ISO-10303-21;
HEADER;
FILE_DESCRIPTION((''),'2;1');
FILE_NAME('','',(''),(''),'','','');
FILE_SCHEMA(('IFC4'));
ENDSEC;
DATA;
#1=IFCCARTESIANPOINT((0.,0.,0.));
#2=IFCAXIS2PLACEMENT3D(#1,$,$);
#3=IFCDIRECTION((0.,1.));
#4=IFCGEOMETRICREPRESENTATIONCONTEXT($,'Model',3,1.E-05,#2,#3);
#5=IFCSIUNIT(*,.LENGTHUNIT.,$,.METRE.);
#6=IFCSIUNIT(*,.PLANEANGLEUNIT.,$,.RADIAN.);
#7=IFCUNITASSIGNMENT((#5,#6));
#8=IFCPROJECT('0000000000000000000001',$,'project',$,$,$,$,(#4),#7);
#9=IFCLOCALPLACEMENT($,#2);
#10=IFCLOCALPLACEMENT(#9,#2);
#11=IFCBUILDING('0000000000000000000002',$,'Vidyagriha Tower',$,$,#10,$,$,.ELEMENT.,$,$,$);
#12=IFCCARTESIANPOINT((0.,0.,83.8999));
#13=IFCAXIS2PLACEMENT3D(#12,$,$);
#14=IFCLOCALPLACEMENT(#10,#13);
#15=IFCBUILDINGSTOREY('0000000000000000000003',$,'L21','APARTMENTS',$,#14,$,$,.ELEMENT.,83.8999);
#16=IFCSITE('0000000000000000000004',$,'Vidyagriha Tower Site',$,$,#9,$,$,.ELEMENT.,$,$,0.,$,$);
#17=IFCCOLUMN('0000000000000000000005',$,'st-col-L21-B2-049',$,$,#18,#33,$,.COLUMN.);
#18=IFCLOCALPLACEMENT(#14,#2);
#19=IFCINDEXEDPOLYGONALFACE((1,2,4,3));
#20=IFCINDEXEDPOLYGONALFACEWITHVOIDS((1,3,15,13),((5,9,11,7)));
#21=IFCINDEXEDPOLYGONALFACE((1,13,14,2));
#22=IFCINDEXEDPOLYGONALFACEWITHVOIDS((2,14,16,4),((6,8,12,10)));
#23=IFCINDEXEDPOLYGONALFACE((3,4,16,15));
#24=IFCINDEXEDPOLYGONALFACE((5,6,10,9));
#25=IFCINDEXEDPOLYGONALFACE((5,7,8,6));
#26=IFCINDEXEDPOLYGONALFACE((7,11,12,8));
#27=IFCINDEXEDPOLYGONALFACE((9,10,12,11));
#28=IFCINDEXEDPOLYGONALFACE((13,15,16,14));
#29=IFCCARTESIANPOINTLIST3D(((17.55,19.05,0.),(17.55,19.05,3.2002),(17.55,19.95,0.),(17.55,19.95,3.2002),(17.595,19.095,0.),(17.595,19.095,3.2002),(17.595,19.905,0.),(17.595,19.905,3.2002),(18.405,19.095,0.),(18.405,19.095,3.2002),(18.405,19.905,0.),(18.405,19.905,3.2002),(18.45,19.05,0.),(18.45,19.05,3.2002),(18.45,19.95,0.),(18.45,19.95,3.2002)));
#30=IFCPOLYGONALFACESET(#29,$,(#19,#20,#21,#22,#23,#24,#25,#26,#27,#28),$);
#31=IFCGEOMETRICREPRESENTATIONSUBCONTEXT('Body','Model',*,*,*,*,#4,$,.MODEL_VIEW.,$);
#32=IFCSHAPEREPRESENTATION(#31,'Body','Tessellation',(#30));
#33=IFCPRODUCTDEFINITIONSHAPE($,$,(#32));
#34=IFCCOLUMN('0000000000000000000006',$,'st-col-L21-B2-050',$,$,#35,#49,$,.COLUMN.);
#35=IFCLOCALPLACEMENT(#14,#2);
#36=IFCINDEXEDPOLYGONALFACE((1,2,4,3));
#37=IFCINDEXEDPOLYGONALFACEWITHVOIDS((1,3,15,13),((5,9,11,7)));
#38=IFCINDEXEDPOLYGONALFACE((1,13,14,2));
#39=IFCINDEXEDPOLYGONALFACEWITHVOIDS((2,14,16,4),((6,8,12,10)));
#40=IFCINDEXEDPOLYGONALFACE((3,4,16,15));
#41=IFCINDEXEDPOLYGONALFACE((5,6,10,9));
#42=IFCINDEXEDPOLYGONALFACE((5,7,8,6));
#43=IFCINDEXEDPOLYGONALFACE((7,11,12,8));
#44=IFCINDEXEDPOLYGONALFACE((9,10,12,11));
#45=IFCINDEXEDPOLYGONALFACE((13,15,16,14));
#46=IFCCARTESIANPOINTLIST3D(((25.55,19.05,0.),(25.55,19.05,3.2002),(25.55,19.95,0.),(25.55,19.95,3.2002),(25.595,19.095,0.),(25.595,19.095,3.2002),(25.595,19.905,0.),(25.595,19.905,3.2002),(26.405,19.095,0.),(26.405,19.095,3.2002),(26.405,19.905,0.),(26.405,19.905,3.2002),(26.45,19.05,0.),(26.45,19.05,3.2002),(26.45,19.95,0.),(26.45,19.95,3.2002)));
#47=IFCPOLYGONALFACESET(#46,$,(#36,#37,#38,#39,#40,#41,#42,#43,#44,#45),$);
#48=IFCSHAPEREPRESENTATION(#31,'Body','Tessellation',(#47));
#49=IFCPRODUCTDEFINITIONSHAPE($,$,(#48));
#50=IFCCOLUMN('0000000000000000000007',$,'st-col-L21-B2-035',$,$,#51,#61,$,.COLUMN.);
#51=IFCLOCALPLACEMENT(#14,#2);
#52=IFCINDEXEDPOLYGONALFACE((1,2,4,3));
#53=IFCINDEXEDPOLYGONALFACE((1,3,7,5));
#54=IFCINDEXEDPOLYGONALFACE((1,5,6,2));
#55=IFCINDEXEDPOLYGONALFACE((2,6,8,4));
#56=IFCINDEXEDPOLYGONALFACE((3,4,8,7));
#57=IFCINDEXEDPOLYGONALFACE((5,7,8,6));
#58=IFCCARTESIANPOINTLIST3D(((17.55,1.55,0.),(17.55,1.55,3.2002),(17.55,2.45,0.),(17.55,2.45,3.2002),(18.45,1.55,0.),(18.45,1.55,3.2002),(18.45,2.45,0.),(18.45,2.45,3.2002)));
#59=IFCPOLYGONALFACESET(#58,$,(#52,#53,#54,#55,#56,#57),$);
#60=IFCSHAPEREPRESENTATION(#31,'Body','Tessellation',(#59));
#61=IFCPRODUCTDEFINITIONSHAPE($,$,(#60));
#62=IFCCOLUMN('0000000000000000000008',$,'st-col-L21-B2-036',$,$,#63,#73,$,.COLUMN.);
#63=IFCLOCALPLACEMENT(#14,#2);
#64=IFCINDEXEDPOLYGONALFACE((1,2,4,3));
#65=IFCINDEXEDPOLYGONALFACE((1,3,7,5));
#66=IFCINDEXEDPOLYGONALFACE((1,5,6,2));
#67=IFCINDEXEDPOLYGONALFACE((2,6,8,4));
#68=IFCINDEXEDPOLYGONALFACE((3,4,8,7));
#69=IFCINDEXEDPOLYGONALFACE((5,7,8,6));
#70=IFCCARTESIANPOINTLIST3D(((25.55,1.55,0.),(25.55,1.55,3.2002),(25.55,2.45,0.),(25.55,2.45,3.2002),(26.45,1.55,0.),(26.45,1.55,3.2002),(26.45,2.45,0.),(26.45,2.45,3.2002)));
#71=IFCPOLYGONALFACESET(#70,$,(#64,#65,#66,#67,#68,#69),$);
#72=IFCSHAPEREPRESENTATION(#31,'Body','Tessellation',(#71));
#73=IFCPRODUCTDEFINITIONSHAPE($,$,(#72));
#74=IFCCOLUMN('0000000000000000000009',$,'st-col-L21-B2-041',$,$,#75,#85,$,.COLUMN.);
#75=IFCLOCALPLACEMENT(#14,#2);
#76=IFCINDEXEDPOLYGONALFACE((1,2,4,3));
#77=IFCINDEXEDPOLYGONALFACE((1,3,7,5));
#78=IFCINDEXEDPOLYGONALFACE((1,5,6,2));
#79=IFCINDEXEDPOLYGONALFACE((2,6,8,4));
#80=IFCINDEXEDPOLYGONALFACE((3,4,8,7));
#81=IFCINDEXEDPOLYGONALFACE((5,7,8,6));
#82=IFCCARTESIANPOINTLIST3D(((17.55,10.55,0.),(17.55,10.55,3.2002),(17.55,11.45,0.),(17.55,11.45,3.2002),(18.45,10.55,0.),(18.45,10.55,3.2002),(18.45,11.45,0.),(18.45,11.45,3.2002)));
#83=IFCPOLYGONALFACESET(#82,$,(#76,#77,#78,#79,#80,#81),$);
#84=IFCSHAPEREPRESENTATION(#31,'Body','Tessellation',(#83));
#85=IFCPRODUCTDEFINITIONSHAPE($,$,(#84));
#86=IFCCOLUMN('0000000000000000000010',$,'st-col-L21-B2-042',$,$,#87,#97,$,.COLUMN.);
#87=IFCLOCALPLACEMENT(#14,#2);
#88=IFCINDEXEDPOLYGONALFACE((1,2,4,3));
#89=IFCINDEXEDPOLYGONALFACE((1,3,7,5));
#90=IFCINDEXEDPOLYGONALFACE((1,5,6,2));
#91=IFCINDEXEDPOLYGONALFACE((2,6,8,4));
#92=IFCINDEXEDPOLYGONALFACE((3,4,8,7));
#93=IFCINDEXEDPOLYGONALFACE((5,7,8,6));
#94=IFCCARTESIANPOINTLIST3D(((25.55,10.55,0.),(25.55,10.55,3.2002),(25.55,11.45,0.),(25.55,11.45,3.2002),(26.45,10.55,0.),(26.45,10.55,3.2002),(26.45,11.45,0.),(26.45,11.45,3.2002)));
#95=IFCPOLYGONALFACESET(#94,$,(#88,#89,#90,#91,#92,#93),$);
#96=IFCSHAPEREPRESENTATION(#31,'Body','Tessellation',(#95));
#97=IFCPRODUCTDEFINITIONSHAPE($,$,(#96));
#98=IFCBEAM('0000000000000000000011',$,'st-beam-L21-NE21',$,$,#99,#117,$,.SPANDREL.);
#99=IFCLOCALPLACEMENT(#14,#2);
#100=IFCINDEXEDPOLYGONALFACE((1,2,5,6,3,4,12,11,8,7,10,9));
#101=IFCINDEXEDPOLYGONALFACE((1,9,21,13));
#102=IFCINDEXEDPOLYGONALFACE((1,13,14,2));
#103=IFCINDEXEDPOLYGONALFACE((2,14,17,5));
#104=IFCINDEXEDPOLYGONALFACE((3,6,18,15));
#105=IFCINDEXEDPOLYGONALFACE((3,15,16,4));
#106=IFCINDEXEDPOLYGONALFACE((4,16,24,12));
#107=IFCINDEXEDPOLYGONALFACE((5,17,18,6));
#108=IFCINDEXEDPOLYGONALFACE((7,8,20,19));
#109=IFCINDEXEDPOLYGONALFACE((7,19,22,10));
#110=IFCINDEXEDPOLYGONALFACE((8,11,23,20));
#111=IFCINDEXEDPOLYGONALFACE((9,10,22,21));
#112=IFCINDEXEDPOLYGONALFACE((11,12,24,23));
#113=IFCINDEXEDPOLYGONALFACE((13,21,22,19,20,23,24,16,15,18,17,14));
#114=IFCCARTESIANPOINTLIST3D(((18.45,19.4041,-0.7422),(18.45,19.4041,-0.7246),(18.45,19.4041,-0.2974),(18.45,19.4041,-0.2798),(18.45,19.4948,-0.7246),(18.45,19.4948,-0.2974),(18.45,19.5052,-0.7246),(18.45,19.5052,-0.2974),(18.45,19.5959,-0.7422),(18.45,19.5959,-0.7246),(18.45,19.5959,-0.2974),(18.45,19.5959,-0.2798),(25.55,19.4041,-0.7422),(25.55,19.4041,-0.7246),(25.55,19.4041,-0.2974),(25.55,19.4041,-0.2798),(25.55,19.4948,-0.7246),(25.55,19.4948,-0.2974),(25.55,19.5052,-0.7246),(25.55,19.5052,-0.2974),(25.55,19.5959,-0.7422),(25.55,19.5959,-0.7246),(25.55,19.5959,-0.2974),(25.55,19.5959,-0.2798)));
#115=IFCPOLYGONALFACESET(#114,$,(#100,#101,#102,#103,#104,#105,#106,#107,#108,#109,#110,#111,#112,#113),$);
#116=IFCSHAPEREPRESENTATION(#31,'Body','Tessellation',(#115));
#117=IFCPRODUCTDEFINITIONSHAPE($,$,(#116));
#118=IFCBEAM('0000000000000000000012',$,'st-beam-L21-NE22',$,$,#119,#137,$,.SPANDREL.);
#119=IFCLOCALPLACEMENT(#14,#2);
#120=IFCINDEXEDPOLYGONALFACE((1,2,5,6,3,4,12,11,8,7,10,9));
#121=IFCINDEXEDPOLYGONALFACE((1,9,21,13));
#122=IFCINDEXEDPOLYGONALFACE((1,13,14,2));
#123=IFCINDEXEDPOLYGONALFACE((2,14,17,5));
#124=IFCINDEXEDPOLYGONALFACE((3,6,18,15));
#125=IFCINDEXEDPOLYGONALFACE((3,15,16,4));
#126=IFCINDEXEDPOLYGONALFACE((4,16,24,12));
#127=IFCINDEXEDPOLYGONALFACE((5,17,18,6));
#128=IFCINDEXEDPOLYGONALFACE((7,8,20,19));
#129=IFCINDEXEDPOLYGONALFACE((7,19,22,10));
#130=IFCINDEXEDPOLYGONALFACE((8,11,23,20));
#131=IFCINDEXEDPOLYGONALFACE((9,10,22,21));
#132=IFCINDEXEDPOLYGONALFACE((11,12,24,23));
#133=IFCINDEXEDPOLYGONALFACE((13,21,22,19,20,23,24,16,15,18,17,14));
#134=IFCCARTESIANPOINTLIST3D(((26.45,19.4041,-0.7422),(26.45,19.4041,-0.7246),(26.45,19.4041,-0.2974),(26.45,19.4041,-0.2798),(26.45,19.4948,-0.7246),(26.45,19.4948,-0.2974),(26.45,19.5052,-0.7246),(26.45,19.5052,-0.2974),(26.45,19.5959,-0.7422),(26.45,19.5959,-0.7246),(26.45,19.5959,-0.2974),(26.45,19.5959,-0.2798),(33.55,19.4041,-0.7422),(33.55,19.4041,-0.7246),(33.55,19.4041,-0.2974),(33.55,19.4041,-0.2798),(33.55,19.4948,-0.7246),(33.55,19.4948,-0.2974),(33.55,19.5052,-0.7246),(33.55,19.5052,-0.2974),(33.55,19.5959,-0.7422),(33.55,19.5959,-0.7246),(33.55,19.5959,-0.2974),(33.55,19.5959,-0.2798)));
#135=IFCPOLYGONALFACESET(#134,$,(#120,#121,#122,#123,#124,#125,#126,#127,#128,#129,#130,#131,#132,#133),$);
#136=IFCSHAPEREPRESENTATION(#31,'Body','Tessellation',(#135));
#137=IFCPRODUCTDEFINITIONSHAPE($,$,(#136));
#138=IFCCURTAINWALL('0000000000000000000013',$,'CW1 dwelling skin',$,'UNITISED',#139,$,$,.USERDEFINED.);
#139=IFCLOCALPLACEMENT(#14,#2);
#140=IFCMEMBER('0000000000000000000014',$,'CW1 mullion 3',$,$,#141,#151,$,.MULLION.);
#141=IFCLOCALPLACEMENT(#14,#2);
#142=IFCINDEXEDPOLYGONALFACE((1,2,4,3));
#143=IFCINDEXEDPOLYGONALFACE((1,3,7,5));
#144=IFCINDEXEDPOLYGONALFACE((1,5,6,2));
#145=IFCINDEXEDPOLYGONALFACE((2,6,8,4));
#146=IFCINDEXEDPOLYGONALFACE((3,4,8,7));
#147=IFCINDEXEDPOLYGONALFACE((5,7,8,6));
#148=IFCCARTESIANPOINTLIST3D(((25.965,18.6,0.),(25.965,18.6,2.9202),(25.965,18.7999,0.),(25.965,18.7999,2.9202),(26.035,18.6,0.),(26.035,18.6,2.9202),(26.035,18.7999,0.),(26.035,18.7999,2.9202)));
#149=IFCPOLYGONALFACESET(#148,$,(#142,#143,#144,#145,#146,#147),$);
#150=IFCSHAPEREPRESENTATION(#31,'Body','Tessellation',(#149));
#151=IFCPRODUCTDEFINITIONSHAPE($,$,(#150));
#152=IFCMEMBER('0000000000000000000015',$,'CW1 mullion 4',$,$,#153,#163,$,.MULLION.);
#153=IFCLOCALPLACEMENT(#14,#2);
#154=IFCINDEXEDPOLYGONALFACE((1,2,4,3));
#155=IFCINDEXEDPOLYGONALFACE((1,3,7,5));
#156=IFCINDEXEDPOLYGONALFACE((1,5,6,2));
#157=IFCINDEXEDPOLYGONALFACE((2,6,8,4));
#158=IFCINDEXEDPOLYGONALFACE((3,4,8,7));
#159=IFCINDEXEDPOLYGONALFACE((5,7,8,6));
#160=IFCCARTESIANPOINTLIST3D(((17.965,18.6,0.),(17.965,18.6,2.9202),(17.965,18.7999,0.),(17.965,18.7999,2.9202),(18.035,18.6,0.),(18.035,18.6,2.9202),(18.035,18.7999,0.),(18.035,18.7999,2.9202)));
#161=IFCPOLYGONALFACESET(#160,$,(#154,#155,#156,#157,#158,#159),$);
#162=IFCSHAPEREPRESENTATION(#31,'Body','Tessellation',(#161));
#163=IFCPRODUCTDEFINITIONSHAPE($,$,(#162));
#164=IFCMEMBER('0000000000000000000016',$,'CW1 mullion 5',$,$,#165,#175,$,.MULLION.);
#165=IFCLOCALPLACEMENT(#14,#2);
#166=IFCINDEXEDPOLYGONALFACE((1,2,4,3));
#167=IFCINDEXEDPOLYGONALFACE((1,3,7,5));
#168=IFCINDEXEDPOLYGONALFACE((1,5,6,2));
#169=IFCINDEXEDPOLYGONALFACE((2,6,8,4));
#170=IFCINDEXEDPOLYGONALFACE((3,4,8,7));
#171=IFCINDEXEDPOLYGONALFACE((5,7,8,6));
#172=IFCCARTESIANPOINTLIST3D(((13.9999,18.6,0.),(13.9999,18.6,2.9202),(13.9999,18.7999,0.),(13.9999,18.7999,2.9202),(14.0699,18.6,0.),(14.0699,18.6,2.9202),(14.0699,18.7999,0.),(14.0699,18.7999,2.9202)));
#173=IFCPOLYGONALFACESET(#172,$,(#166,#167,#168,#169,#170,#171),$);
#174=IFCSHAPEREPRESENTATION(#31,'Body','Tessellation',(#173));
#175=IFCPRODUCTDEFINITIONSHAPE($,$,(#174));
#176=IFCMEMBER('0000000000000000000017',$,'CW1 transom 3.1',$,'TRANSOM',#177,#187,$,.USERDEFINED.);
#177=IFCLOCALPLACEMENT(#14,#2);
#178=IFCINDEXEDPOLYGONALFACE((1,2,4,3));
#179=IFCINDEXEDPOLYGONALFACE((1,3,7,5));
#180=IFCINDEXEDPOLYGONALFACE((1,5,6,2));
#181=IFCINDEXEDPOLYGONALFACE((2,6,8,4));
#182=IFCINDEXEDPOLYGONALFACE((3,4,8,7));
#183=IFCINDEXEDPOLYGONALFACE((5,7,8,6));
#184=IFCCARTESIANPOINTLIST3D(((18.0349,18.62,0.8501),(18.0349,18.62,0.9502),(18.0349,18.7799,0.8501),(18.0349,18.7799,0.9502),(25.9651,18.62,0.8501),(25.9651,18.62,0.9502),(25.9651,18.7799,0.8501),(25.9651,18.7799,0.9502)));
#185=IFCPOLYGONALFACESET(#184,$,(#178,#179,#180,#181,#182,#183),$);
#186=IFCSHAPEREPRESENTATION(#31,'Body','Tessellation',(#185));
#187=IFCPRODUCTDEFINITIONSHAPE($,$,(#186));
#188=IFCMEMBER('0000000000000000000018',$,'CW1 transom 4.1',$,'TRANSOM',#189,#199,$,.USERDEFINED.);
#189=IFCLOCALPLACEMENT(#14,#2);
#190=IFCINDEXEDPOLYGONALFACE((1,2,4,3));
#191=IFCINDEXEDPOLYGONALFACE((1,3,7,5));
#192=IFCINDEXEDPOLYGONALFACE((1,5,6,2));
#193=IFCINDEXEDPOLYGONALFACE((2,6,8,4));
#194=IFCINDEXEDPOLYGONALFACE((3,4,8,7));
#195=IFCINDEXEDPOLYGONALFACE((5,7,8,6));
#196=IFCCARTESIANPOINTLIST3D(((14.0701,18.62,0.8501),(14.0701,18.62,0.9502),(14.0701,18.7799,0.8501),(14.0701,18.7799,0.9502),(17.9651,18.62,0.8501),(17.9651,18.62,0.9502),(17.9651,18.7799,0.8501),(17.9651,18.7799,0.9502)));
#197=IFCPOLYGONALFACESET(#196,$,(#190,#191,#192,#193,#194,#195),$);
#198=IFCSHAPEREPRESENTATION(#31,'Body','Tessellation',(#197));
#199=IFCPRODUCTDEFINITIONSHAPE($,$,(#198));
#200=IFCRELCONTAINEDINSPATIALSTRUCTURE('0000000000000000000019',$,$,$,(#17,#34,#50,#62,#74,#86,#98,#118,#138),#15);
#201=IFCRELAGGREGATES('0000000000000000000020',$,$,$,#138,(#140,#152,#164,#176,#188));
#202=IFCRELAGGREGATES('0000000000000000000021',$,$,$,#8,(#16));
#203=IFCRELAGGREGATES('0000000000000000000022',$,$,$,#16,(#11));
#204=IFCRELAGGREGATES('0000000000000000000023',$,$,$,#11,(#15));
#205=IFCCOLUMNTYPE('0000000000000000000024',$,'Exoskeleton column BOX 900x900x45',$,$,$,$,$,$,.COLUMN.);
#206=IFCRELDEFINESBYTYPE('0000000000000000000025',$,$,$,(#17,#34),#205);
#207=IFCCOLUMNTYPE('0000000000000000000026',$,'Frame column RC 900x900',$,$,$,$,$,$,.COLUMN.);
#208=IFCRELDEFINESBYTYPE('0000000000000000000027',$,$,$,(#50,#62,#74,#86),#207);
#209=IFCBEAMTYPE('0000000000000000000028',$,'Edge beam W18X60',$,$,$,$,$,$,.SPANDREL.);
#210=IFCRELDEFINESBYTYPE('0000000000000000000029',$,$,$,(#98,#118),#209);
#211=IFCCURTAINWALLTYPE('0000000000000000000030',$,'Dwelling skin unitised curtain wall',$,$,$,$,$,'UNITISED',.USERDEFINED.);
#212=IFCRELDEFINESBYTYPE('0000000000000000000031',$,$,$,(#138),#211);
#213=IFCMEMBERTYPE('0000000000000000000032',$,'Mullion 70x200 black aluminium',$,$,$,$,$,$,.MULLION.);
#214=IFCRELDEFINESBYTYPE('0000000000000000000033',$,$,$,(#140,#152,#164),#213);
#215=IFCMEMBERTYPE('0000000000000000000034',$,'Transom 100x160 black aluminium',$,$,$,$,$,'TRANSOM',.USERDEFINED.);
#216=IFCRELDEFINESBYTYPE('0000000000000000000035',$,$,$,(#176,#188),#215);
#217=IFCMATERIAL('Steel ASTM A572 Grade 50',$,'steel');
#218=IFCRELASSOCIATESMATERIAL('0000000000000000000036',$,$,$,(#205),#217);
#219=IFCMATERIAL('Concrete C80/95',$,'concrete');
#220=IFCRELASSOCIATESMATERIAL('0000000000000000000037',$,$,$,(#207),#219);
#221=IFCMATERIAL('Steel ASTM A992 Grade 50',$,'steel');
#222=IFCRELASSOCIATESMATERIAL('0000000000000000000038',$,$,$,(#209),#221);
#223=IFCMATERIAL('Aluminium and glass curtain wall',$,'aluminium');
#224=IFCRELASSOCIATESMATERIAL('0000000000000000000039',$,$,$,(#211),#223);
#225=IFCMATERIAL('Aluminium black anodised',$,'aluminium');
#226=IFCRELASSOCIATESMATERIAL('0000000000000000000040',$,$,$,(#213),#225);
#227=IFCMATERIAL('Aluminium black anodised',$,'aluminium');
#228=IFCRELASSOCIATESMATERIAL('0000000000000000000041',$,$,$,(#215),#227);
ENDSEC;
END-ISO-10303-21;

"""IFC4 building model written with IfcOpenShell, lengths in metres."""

from ifc_helpers import new_model, si_unit, direction, frame, origin, origin_2d, place, context, subcontext, project, spatial, rectangle, hollow_rectangle, i_section, extrude, material, material_profile, profile_set, type_object, element, aggregate, save


model = new_model("IFC4")

# Units and contexts
model_context = context("Model", 3, precision=1e-05, world=origin(), true_north=direction((0.0, 1.0)))
body_context = subcontext(model_context, "Body", "Model", "MODEL_VIEW")
ifc_project = project(units=[si_unit("LENGTHUNIT", "METRE"), si_unit("PLANEANGLEUNIT", "RADIAN")], contexts=[model_context])

# Site, building, storey
site_placement = place(None, origin())
site = spatial("IfcSite", under=ifc_project, at=site_placement, Name="Vidyagriha Tower Site", CompositionType="ELEMENT", RefElevation=0.0)
building_placement = place(site_placement, origin())
building = spatial("IfcBuilding", under=site, at=building_placement, Name="Vidyagriha Tower", CompositionType="ELEMENT")
storey_placement = place(building_placement, frame((0.0, 0.0, 83.8999)))
storey = spatial("IfcBuildingStorey", under=building, at=storey_placement, Name="L21", Description="APARTMENTS", CompositionType="ELEMENT", Elevation=83.8999)

# Columns
ifc_material_1 = material(Name="Steel ASTM A572 Grade 50", Category="steel")
ifc_material_profile_1 = material_profile(ifc_material_1, hollow_rectangle(XDim=0.8999, YDim=0.8999, WallThickness=0.0449, at=origin_2d()), Name="BOX 900x900x45")
ifc_profile_set_1 = profile_set([ifc_material_profile_1], Name="Steel ASTM A572 Grade 50")
column_type_1 = type_object("IfcColumnType", Name="Exoskeleton column BOX 900x900x45", PredefinedType="COLUMN", material=ifc_profile_set_1)
for number, where, name in (
    (1, (18.0, 19.5, 0.0), "st-col-L21-B2-049"),
    (2, (26.0, 19.5, 0.0), "st-col-L21-B2-050"),
):
    element("IfcColumn", number, at=place(storey_placement, frame(where)), inside=storey, type_object=column_type_1, Name=name, PredefinedType="COLUMN", context=body_context, shape_type="SweptSolid", body=[
        extrude(hollow_rectangle(XDim=0.8999, YDim=0.8999, WallThickness=0.0449, at=origin_2d()), origin(), (0.0, 0.0, 1.0), 3.2002),
    ])
ifc_material_2 = material(Name="Concrete C80/95", Category="concrete")
ifc_material_profile_2 = material_profile(ifc_material_2, rectangle(XDim=0.8999, YDim=0.8999, at=origin_2d()), Name="RC 900x900")
ifc_profile_set_2 = profile_set([ifc_material_profile_2], Name="Concrete C80/95")
column_type_2 = type_object("IfcColumnType", Name="Frame column RC 900x900", PredefinedType="COLUMN", material=ifc_profile_set_2)
for number, where, name in (
    (3, (18.0, 2.0, 0.0), "st-col-L21-B2-035"),
    (4, (26.0, 2.0, 0.0), "st-col-L21-B2-036"),
    (5, (18.0, 11.0, 0.0), "st-col-L21-B2-041"),
    (6, (26.0, 11.0, 0.0), "st-col-L21-B2-042"),
):
    element("IfcColumn", number, at=place(storey_placement, frame(where)), inside=storey, type_object=column_type_2, Name=name, PredefinedType="COLUMN", context=body_context, shape_type="SweptSolid", body=[
        extrude(rectangle(XDim=0.8999, YDim=0.8999, at=origin_2d()), origin(), (0.0, 0.0, 1.0), 3.2002),
    ])

# Beams
ifc_material_3 = material(Name="Steel ASTM A992 Grade 50", Category="steel")
ifc_material_profile_3 = material_profile(ifc_material_3, i_section(OverallWidth=0.1919, OverallDepth=0.4624, WebThickness=0.0105, FlangeThickness=0.0176, at=origin_2d()), Name="W18X60")
ifc_profile_set_3 = profile_set([ifc_material_profile_3], Name="Steel ASTM A992 Grade 50")
beam_type = type_object("IfcBeamType", Name="Edge beam W18X60", PredefinedType="SPANDREL", material=ifc_profile_set_3)
for number, where, z_axis, x_axis, name in (
    (7, (18.45, 19.5, -0.511), (1.0, 0.0, 0.0), (0.0, 1.0, 0.0), "st-beam-L21-NE21"),
    (8, (26.45, 19.5, -0.511), (1.0, 0.0, 0.0), (0.0, 1.0, 0.0), "st-beam-L21-NE22"),
):
    element("IfcBeam", number, at=place(storey_placement, frame(where, z_axis=z_axis, x_axis=x_axis)), inside=storey, type_object=beam_type, Name=name, PredefinedType="SPANDREL", context=body_context, shape_type="SweptSolid", body=[
        extrude(i_section(OverallWidth=0.1919, OverallDepth=0.4624, WebThickness=0.0105, FlangeThickness=0.0176, at=origin_2d()), origin(), (0.0, 0.0, 1.0), 7.1001),
    ])

# Curtain wall, members
ifc_material_4 = material(Name="Aluminium and glass curtain wall", Category="aluminium")
curtain_wall_type = type_object("IfcCurtainWallType", Name="Dwelling skin unitised curtain wall", ElementType="UNITISED", PredefinedType="USERDEFINED", material=ifc_material_4)
curtain_wall_placement = place(storey_placement, origin())
curtain_wall = element("IfcCurtainWall", 9, at=curtain_wall_placement, inside=storey, type_object=curtain_wall_type, Name="CW1 dwelling skin", ObjectType="UNITISED", PredefinedType="USERDEFINED")
ifc_material_5 = material(Name="Aluminium black anodised", Category="aluminium")
ifc_material_profile_4 = material_profile(ifc_material_5, rectangle(XDim=0.2, YDim=0.0701, at=origin_2d()), Name="Mullion 70x200 black aluminium")
ifc_profile_set_4 = profile_set([ifc_material_profile_4], Name="Aluminium black anodised")
member_type_1 = type_object("IfcMemberType", Name="Mullion 70x200 black aluminium", PredefinedType="MULLION", material=ifc_profile_set_4)
member_1_placement = place(storey_placement, frame((26.0, 18.7, 0.0), z_axis=(0.0, 0.0, 1.0), x_axis=(0.0, -1.0, 0.0)))
member_1 = element("IfcMember", 10, at=member_1_placement, type_object=member_type_1, Name="CW1 mullion 3", PredefinedType="MULLION", context=body_context, shape_type="SweptSolid", body=[
    extrude(rectangle(XDim=0.2, YDim=0.0701, at=origin_2d()), origin(), (0.0, 0.0, 1.0), 2.9202),
])
member_2_placement = place(storey_placement, frame((18.0, 18.7, 0.0), z_axis=(0.0, 0.0, 1.0), x_axis=(0.0, -1.0, 0.0)))
member_2 = element("IfcMember", 11, at=member_2_placement, type_object=member_type_1, Name="CW1 mullion 4", PredefinedType="MULLION", context=body_context, shape_type="SweptSolid", body=[
    extrude(rectangle(XDim=0.2, YDim=0.0701, at=origin_2d()), origin(), (0.0, 0.0, 1.0), 2.9202),
])
member_3_placement = place(storey_placement, frame((14.0349, 18.7, 0.0), z_axis=(0.0, 0.0, 1.0), x_axis=(0.0, -1.0, 0.0)))
member_3 = element("IfcMember", 12, at=member_3_placement, type_object=member_type_1, Name="CW1 mullion 5", PredefinedType="MULLION", context=body_context, shape_type="SweptSolid", body=[
    extrude(rectangle(XDim=0.2, YDim=0.0701, at=origin_2d()), origin(), (0.0, 0.0, 1.0), 2.9202),
])
ifc_material_6 = material(Name="Aluminium black anodised", Category="aluminium")
ifc_material_profile_5 = material_profile(ifc_material_6, rectangle(XDim=0.1599, YDim=0.1001, at=origin_2d()), Name="Transom 100x160 black aluminium")
ifc_profile_set_5 = profile_set([ifc_material_profile_5], Name="Aluminium black anodised")
member_type_2 = type_object("IfcMemberType", Name="Transom 100x160 black aluminium", ElementType="TRANSOM", PredefinedType="USERDEFINED", material=ifc_profile_set_5)
member_4_placement = place(storey_placement, frame((25.9651, 18.7, 0.9001), z_axis=(-1.0, 0.0, 0.0), x_axis=(0.0, -1.0, 0.0)))
member_4 = element("IfcMember", 13, at=member_4_placement, type_object=member_type_2, Name="CW1 transom 3.1", ObjectType="TRANSOM", PredefinedType="USERDEFINED", context=body_context, shape_type="SweptSolid", body=[
    extrude(rectangle(XDim=0.1599, YDim=0.1001, at=origin_2d()), origin(), (0.0, 0.0, 1.0), 7.9302),
])
member_5_placement = place(storey_placement, frame((17.9651, 18.7, 0.9001), z_axis=(-1.0, 0.0, 0.0), x_axis=(0.0, -1.0, 0.0)))
member_5 = element("IfcMember", 14, at=member_5_placement, type_object=member_type_2, Name="CW1 transom 4.1", ObjectType="TRANSOM", PredefinedType="USERDEFINED", context=body_context, shape_type="SweptSolid", body=[
    extrude(rectangle(XDim=0.1599, YDim=0.1001, at=origin_2d()), origin(), (0.0, 0.0, 1.0), 3.895),
])
aggregate(curtain_wall, [member_1, member_2, member_3, member_4, member_5])

save(model, "model.ifc")
